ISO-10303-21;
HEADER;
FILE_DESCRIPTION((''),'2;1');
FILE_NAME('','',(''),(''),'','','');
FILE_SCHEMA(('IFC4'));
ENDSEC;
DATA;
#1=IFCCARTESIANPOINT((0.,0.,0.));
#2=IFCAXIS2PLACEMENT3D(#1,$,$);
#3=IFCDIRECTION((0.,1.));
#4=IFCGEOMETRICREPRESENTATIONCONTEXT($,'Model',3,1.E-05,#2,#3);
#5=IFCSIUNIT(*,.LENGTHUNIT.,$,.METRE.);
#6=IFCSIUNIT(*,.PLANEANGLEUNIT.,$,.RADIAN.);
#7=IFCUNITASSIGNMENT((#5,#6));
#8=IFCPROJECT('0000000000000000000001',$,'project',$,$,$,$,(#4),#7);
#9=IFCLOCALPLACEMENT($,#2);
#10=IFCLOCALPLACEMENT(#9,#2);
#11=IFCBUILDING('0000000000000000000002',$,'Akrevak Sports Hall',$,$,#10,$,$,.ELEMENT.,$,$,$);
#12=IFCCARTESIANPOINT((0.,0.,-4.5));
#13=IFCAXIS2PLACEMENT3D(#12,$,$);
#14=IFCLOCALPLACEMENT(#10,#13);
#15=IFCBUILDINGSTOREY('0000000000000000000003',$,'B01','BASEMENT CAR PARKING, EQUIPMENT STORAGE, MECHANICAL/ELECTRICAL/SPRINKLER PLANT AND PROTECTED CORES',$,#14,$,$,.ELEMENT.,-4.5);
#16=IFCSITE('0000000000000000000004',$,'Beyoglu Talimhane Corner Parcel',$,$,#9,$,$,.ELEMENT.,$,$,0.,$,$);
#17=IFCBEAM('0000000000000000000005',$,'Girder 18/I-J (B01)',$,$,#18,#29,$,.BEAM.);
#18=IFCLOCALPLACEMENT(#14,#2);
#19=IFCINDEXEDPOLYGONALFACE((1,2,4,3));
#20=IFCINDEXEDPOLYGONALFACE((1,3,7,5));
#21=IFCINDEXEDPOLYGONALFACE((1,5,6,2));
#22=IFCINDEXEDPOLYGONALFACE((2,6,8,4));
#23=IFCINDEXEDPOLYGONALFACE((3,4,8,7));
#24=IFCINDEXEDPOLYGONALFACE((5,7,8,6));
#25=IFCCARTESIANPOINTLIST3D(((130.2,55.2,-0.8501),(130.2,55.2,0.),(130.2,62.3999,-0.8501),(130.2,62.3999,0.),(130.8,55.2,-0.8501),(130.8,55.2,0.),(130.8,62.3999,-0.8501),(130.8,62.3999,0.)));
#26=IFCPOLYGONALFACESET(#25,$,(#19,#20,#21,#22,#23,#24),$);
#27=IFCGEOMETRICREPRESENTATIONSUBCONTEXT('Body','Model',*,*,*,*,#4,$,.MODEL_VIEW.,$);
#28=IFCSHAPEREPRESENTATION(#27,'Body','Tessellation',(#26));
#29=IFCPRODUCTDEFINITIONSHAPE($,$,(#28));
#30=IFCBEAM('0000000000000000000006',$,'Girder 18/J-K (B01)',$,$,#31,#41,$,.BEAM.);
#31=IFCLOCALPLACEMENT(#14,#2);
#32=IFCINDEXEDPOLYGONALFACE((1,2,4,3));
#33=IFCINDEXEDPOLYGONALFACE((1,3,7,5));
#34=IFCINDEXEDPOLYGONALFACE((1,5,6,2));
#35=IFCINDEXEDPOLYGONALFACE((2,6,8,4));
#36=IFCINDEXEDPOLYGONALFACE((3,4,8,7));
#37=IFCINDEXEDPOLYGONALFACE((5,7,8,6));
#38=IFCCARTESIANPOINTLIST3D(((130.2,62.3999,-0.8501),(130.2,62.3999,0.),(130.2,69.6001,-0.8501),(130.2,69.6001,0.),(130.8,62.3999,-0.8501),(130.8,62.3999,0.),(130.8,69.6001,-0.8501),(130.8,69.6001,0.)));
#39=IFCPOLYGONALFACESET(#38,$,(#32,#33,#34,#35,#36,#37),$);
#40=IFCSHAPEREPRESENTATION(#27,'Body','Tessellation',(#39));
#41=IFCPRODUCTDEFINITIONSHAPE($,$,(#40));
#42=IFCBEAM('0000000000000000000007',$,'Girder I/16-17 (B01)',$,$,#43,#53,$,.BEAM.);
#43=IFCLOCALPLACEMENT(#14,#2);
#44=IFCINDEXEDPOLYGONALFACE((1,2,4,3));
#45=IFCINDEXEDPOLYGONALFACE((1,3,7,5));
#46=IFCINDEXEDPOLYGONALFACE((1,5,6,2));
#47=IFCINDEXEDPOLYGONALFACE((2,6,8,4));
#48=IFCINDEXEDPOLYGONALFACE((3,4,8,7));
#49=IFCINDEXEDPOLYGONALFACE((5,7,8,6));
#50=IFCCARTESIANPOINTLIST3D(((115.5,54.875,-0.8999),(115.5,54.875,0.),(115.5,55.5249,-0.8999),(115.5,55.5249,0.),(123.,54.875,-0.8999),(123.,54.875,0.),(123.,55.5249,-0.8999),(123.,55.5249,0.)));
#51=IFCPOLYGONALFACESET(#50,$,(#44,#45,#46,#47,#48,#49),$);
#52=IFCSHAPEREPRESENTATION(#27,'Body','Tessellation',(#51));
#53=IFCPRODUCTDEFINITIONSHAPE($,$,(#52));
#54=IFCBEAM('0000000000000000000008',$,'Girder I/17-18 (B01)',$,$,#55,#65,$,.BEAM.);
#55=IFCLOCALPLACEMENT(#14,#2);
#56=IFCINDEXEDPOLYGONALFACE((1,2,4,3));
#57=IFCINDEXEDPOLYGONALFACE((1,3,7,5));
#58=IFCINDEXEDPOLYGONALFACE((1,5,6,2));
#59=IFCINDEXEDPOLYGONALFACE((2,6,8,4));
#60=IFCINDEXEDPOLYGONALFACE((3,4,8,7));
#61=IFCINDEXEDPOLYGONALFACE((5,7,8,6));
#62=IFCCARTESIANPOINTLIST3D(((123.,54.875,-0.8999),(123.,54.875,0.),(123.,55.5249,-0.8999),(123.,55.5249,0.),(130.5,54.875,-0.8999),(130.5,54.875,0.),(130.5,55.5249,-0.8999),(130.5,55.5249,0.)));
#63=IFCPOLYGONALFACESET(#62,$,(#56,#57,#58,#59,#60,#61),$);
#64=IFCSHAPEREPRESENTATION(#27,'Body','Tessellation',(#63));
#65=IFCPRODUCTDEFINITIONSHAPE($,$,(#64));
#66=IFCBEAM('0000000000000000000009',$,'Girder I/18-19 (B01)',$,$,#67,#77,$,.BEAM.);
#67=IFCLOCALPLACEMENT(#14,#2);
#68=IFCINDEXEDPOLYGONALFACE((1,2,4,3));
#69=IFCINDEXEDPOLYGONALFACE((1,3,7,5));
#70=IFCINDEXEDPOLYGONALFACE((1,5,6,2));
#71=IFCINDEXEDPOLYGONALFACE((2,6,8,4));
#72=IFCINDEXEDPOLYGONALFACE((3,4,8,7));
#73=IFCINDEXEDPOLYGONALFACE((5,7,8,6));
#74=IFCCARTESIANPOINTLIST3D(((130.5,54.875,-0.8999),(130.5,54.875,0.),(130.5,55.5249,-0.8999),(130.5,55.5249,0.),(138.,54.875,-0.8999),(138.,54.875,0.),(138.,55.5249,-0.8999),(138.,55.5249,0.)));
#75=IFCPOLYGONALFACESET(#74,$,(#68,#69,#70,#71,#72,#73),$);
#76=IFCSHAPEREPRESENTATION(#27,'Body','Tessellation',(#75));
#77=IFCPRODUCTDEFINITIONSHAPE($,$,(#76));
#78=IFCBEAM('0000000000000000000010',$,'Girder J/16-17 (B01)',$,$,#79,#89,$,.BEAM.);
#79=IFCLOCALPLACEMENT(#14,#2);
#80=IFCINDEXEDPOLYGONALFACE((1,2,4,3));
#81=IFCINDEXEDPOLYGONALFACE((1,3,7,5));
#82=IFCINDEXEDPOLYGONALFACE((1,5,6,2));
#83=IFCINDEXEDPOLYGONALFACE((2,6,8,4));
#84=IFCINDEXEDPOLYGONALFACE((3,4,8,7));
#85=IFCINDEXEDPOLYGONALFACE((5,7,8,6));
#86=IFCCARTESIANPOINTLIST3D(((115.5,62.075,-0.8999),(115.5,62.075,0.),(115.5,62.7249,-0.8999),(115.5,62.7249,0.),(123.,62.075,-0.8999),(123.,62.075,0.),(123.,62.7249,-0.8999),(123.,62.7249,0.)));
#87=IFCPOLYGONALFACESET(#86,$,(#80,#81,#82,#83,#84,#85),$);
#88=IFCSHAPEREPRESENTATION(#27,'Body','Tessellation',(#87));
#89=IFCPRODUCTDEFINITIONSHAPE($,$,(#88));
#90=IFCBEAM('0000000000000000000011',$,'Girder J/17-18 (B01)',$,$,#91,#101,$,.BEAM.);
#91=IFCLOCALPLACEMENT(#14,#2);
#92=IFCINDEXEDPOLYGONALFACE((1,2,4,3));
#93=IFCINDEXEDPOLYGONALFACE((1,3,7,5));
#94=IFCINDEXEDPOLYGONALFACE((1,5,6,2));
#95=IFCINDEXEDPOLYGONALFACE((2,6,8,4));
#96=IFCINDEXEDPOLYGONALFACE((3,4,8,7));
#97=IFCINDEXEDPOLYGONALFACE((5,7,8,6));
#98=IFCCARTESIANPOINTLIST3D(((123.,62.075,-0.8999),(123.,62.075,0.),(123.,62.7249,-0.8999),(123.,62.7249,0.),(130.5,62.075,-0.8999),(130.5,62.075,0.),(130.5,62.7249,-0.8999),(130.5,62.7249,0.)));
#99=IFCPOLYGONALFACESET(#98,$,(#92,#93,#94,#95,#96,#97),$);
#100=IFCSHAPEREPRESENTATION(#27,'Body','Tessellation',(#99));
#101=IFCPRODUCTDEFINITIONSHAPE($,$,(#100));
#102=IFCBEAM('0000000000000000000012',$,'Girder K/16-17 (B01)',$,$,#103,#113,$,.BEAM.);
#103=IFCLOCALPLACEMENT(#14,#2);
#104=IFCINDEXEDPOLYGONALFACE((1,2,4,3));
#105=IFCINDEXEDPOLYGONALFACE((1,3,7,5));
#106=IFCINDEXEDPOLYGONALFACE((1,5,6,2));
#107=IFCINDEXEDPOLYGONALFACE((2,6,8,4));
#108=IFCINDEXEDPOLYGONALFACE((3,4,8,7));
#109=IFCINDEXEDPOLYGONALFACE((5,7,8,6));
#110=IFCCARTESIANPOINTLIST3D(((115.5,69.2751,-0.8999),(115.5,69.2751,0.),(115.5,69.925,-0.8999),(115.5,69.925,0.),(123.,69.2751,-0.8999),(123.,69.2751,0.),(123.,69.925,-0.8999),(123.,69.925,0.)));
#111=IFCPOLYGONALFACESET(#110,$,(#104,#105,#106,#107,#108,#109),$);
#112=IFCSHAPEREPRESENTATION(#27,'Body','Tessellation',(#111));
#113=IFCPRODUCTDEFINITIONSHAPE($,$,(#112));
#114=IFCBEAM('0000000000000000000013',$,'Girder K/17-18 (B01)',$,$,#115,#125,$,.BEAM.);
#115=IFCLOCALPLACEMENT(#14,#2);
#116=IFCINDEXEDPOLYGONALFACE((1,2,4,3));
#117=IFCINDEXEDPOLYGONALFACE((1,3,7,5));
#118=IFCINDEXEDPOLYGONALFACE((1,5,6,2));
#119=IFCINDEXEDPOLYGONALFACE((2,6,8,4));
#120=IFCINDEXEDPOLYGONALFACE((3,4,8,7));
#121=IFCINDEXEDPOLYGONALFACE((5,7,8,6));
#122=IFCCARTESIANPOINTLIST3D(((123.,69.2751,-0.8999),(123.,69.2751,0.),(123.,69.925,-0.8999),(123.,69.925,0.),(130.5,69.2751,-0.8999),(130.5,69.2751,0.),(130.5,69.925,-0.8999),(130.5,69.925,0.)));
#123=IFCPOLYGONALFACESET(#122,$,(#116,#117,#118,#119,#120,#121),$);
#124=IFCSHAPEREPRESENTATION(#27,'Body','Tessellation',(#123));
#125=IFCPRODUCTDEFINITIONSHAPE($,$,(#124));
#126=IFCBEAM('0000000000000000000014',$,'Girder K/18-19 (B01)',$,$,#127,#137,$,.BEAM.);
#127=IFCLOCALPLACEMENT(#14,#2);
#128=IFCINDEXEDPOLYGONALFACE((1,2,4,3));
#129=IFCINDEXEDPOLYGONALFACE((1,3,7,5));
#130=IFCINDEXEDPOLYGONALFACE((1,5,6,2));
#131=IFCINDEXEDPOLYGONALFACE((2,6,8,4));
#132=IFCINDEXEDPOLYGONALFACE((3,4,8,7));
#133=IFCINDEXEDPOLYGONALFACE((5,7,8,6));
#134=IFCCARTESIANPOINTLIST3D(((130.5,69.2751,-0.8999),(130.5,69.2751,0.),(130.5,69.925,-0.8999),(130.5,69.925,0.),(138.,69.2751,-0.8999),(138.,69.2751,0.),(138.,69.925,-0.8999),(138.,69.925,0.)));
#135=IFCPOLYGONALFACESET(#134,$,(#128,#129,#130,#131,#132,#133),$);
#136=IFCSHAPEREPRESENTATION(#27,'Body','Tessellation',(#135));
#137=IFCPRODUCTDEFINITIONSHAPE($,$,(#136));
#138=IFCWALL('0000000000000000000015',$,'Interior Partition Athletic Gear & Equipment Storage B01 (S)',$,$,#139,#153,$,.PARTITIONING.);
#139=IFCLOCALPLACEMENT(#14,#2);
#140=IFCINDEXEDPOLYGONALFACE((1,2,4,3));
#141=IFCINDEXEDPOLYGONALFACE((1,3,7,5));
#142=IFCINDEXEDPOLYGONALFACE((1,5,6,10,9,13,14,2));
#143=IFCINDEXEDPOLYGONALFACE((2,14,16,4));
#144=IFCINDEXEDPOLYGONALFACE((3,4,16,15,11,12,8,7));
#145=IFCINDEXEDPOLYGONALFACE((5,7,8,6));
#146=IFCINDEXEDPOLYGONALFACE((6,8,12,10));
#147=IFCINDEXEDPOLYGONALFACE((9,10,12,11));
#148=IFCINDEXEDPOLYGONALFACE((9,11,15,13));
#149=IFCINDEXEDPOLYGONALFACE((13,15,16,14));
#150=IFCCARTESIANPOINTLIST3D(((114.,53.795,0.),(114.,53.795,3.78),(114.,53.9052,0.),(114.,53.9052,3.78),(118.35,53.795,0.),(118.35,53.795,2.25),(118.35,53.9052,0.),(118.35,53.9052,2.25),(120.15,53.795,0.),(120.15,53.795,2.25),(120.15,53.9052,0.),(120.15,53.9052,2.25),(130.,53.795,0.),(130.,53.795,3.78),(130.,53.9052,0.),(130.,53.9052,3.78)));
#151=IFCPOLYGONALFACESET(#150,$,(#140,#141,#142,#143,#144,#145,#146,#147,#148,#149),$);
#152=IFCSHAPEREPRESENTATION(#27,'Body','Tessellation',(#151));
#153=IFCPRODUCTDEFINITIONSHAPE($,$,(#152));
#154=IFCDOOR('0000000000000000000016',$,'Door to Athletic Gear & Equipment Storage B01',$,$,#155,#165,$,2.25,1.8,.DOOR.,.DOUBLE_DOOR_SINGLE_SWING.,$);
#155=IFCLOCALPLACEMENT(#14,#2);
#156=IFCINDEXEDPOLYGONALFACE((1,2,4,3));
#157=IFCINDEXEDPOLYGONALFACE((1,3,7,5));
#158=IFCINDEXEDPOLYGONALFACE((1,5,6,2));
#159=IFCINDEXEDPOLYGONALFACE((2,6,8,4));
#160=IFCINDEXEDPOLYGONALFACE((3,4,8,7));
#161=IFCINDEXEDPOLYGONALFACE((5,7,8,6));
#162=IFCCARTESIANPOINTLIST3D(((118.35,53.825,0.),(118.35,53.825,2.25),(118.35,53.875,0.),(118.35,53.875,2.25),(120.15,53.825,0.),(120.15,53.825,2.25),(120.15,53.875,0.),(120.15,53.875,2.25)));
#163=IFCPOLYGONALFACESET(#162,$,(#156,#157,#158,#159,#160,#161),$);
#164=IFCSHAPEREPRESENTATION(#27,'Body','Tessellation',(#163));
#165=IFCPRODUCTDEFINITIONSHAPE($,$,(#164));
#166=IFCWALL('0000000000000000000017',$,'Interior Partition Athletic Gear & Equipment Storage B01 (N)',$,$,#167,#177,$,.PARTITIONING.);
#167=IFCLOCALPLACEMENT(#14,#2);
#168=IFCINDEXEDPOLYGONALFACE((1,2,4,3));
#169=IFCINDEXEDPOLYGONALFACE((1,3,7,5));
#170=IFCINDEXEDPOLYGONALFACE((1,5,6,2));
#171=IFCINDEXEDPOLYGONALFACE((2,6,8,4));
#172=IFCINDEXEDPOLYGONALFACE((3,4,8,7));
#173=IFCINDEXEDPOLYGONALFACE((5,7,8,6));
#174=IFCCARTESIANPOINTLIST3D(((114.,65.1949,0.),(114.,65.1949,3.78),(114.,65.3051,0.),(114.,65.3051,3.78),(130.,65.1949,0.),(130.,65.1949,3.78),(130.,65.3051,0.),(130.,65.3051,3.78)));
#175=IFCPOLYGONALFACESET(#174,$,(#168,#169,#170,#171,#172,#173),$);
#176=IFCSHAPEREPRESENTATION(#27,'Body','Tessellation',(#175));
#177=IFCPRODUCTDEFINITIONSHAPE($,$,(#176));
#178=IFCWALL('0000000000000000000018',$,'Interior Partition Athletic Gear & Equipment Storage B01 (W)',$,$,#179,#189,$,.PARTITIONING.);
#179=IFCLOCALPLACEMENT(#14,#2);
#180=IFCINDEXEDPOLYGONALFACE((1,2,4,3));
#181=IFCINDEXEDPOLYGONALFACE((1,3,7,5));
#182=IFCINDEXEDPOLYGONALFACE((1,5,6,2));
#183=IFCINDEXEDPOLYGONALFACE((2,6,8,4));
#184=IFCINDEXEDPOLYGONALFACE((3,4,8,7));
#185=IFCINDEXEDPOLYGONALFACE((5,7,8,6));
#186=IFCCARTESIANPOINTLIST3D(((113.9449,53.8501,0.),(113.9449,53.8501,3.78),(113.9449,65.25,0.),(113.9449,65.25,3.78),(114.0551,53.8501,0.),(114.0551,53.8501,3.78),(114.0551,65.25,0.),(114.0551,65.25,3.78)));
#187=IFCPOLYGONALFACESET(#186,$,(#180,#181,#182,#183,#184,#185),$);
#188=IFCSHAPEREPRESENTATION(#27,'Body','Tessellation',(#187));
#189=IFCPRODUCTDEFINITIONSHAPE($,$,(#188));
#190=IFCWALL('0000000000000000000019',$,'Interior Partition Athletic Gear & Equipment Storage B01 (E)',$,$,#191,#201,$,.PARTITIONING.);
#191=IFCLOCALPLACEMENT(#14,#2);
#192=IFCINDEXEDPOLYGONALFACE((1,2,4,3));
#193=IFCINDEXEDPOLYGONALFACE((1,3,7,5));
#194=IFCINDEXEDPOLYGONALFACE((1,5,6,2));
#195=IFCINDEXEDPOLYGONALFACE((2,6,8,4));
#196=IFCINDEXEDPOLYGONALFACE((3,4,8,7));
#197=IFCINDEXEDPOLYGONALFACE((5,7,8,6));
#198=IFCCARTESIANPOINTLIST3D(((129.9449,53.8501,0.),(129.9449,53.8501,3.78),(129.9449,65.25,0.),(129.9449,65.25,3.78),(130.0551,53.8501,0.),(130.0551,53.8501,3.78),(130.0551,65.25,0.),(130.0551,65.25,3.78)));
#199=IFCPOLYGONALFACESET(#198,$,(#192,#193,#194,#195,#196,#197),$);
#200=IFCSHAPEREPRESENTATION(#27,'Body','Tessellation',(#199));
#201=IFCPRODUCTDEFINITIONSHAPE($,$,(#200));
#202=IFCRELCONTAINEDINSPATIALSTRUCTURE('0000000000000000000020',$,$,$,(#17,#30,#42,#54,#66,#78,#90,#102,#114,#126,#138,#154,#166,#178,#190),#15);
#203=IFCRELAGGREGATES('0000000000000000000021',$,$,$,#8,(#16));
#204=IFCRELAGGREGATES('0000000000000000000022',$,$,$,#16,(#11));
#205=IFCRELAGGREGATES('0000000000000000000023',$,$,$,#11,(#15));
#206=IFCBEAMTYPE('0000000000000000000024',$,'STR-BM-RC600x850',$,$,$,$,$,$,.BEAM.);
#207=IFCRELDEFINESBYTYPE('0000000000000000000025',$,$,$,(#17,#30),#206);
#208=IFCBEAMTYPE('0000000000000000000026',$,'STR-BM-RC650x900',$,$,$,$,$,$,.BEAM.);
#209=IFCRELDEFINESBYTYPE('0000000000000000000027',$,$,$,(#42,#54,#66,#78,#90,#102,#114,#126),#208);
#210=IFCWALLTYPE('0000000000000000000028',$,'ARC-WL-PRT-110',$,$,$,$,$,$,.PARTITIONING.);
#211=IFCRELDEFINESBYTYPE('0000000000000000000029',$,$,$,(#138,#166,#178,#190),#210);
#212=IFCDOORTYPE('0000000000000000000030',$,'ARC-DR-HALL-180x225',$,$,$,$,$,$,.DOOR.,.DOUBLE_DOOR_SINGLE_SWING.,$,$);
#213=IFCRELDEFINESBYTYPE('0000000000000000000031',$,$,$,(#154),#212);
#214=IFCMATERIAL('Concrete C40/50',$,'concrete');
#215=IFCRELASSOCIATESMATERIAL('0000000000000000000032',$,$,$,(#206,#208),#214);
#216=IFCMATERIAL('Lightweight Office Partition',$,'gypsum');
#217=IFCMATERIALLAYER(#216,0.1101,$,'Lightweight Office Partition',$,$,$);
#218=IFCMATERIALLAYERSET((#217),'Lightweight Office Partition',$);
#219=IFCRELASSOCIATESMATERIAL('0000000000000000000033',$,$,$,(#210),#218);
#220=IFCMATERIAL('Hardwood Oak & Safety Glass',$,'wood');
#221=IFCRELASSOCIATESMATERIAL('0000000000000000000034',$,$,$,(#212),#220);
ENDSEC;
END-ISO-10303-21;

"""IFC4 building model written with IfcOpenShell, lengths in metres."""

from ifc_helpers import new_model, si_unit, direction, frame, frame_2d, origin, origin_2d, place, context, subcontext, project, spatial, rectangle, extrude, material, layer, layer_set, material_profile, profile_set, type_object, element, fill, save


model = new_model("IFC4")

# Units and contexts
model_context = context("Model", 3, precision=1e-05, world=origin(), true_north=direction((0.0, 1.0)))
body_context = subcontext(model_context, "Body", "Model", "MODEL_VIEW")
ifc_project = project(units=[si_unit("LENGTHUNIT", "METRE"), si_unit("PLANEANGLEUNIT", "RADIAN")], contexts=[model_context])

# Site, building, storey
site_placement = place(None, origin())
site = spatial("IfcSite", under=ifc_project, at=site_placement, Name="Beyoglu Talimhane Corner Parcel", CompositionType="ELEMENT", RefElevation=0.0)
building_placement = place(site_placement, origin())
building = spatial("IfcBuilding", under=site, at=building_placement, Name="Akrevak Sports Hall", CompositionType="ELEMENT")
storey_placement = place(building_placement, frame((0.0, 0.0, -4.5)))
storey = spatial("IfcBuildingStorey", under=building, at=storey_placement, Name="B01", Description="BASEMENT CAR PARKING, EQUIPMENT STORAGE, MECHANICAL/ELECTRICAL/SPRINKLER PLANT AND PROTECTED CORES", CompositionType="ELEMENT", Elevation=-4.5)

# Shared definitions
ifc_material_1 = material(Name="Concrete C40/50", Category="concrete")

# Beams
ifc_material_profile_1 = material_profile(ifc_material_1, rectangle(XDim=0.6001, YDim=0.8501, at=origin_2d()), Name="BM 600x850", Category="concrete")
ifc_profile_set_1 = profile_set([ifc_material_profile_1], Name="Concrete C40/50")
beam_type_1 = type_object("IfcBeamType", Name="STR-BM-RC600x850", PredefinedType="BEAM", material=ifc_profile_set_1)
beam_1_placement = place(storey_placement, frame((130.5, 55.2, -0.425), z_axis=(0.0, 1.0, 0.0), x_axis=(-1.0, 0.0, 0.0)))
element("IfcBeam", 1, at=beam_1_placement, inside=storey, type_object=beam_type_1, Name="Girder 18/I-J (B01)", PredefinedType="BEAM", context=body_context, shape_type="SweptSolid", body=[
    extrude(rectangle(XDim=0.6001, YDim=0.8501, at=origin_2d()), origin(), (0.0, 0.0, 1.0), 7.2),
])
beam_2_placement = place(storey_placement, frame((130.5, 62.3999, -0.425), z_axis=(0.0, 1.0, 0.0), x_axis=(-1.0, 0.0, 0.0)))
element("IfcBeam", 2, at=beam_2_placement, inside=storey, type_object=beam_type_1, Name="Girder 18/J-K (B01)", PredefinedType="BEAM", context=body_context, shape_type="SweptSolid", body=[
    extrude(rectangle(XDim=0.6001, YDim=0.8501, at=origin_2d()), origin(), (0.0, 0.0, 1.0), 7.2002),
])
ifc_material_profile_2 = material_profile(ifc_material_1, rectangle(XDim=0.6499, YDim=0.8999, at=origin_2d()), Name="BM 650x900", Category="concrete")
ifc_profile_set_2 = profile_set([ifc_material_profile_2], Name="Concrete C40/50")
beam_type_2 = type_object("IfcBeamType", Name="STR-BM-RC650x900", PredefinedType="BEAM", material=ifc_profile_set_2)
for number, where, z_axis, x_axis, name in (
    (3, (115.5, 55.2, -0.45), (1.0, 0.0, 0.0), (0.0, 1.0, 0.0), "Girder I/16-17 (B01)"),
    (4, (123.0, 55.2, -0.45), (1.0, 0.0, 0.0), (0.0, 1.0, 0.0), "Girder I/17-18 (B01)"),
    (5, (130.5, 55.2, -0.45), (1.0, 0.0, 0.0), (0.0, 1.0, 0.0), "Girder I/18-19 (B01)"),
    (6, (115.5, 62.3999, -0.45), (1.0, 0.0, 0.0), (0.0, 1.0, 0.0), "Girder J/16-17 (B01)"),
    (7, (123.0, 62.3999, -0.45), (1.0, 0.0, 0.0), (0.0, 1.0, 0.0), "Girder J/17-18 (B01)"),
    (8, (115.5, 69.6001, -0.45), (1.0, 0.0, 0.0), (0.0, 1.0, 0.0), "Girder K/16-17 (B01)"),
    (9, (123.0, 69.6001, -0.45), (1.0, 0.0, 0.0), (0.0, 1.0, 0.0), "Girder K/17-18 (B01)"),
    (10, (130.5, 69.6001, -0.45), (1.0, 0.0, 0.0), (0.0, 1.0, 0.0), "Girder K/18-19 (B01)"),
):
    element("IfcBeam", number, at=place(storey_placement, frame(where, z_axis=z_axis, x_axis=x_axis)), inside=storey, type_object=beam_type_2, Name=name, PredefinedType="BEAM", context=body_context, shape_type="SweptSolid", body=[
        extrude(rectangle(XDim=0.6499, YDim=0.8999, at=origin_2d()), origin(), (0.0, 0.0, 1.0), 7.5),
    ])

# Wall, opening, door
ifc_material_2 = material(Name="Lightweight Office Partition", Category="gypsum")
ifc_layer = layer(ifc_material_2, 0.1101, Name="Lightweight Office Partition")
ifc_layer_set = layer_set([ifc_layer], Name="Lightweight Office Partition")
wall_type = type_object("IfcWallType", Name="ARC-WL-PRT-110", PredefinedType="PARTITIONING", material=ifc_layer_set)
wall_1_placement = place(storey_placement, frame((114.0, 53.8501, 0.0), z_axis=(0.0, 0.0, 1.0), x_axis=(1.0, 0.0, 0.0)))
wall_1 = element("IfcWall", 11, at=wall_1_placement, inside=storey, type_object=wall_type, Name="Interior Partition Athletic Gear & Equipment Storage B01 (S)", PredefinedType="PARTITIONING", context=body_context, shape_type="SweptSolid", body=[
    extrude(rectangle(XDim=16.0, YDim=0.1101, at=frame_2d((8.0, 0.0))), origin(), (0.0, 0.0, 1.0), 3.78),
])
opening_placement = place(wall_1_placement, frame((4.3501, 0.0, 0.0)))
opening = element("IfcOpeningElement", 12, at=opening_placement, cuts=wall_1, PredefinedType="OPENING", context=body_context, shape_type="SweptSolid", body=[
    extrude(rectangle(XDim=1.8, YDim=2.25, at=frame_2d((0.8999, 1.125))), frame((0.0, 0.0669, 0.0), z_axis=(0.0, -1.0, 0.0), x_axis=(1.0, 0.0, 0.0)), (0.0, 0.0, 1.0), 0.134),
])
ifc_material_3 = material(Name="Hardwood Oak & Safety Glass", Category="wood")
door_type = type_object("IfcDoorType", Name="ARC-DR-HALL-180x225", OperationType="DOUBLE_DOOR_SINGLE_SWING", PredefinedType="DOOR", material=ifc_material_3)
door_placement = place(opening_placement, origin())
door = element("IfcDoor", 13, at=door_placement, inside=storey, type_object=door_type, Name="Door to Athletic Gear & Equipment Storage B01", OperationType="DOUBLE_DOOR_SINGLE_SWING", OverallHeight=2.25, OverallWidth=1.8, PredefinedType="DOOR", context=body_context, shape_type="SweptSolid", body=[
    extrude(rectangle(XDim=1.8, YDim=2.25, at=frame_2d((0.8999, 1.125))), frame((0.0, 0.0249, 0.0), z_axis=(0.0, -1.0, 0.0), x_axis=(1.0, 0.0, 0.0)), (0.0, 0.0, 1.0), 0.05),
])
fill(opening, door)

# Walls
wall_2_placement = place(storey_placement, frame((114.0, 65.25, 0.0), z_axis=(0.0, 0.0, 1.0), x_axis=(1.0, 0.0, 0.0)))
element("IfcWall", 14, at=wall_2_placement, inside=storey, type_object=wall_type, Name="Interior Partition Athletic Gear & Equipment Storage B01 (N)", PredefinedType="PARTITIONING", context=body_context, shape_type="SweptSolid", body=[
    extrude(rectangle(XDim=16.0, YDim=0.1101, at=frame_2d((8.0, 0.0))), origin(), (0.0, 0.0, 1.0), 3.78),
])
for number, where, z_axis, x_axis, name in (
    (15, (114.0, 53.8501, 0.0), (0.0, 0.0, 1.0), (0.0, 1.0, 0.0), "Interior Partition Athletic Gear & Equipment Storage B01 (W)"),
    (16, (130.0, 53.8501, 0.0), (0.0, 0.0, 1.0), (0.0, 1.0, 0.0), "Interior Partition Athletic Gear & Equipment Storage B01 (E)"),
):
    element("IfcWall", number, at=place(storey_placement, frame(where, z_axis=z_axis, x_axis=x_axis)), inside=storey, type_object=wall_type, Name=name, PredefinedType="PARTITIONING", context=body_context, shape_type="SweptSolid", body=[
        extrude(rectangle(XDim=11.3999, YDim=0.1101, at=frame_2d((5.7, 0.0))), origin(), (0.0, 0.0, 1.0), 3.78),
    ])

save(model, "model.ifc")
